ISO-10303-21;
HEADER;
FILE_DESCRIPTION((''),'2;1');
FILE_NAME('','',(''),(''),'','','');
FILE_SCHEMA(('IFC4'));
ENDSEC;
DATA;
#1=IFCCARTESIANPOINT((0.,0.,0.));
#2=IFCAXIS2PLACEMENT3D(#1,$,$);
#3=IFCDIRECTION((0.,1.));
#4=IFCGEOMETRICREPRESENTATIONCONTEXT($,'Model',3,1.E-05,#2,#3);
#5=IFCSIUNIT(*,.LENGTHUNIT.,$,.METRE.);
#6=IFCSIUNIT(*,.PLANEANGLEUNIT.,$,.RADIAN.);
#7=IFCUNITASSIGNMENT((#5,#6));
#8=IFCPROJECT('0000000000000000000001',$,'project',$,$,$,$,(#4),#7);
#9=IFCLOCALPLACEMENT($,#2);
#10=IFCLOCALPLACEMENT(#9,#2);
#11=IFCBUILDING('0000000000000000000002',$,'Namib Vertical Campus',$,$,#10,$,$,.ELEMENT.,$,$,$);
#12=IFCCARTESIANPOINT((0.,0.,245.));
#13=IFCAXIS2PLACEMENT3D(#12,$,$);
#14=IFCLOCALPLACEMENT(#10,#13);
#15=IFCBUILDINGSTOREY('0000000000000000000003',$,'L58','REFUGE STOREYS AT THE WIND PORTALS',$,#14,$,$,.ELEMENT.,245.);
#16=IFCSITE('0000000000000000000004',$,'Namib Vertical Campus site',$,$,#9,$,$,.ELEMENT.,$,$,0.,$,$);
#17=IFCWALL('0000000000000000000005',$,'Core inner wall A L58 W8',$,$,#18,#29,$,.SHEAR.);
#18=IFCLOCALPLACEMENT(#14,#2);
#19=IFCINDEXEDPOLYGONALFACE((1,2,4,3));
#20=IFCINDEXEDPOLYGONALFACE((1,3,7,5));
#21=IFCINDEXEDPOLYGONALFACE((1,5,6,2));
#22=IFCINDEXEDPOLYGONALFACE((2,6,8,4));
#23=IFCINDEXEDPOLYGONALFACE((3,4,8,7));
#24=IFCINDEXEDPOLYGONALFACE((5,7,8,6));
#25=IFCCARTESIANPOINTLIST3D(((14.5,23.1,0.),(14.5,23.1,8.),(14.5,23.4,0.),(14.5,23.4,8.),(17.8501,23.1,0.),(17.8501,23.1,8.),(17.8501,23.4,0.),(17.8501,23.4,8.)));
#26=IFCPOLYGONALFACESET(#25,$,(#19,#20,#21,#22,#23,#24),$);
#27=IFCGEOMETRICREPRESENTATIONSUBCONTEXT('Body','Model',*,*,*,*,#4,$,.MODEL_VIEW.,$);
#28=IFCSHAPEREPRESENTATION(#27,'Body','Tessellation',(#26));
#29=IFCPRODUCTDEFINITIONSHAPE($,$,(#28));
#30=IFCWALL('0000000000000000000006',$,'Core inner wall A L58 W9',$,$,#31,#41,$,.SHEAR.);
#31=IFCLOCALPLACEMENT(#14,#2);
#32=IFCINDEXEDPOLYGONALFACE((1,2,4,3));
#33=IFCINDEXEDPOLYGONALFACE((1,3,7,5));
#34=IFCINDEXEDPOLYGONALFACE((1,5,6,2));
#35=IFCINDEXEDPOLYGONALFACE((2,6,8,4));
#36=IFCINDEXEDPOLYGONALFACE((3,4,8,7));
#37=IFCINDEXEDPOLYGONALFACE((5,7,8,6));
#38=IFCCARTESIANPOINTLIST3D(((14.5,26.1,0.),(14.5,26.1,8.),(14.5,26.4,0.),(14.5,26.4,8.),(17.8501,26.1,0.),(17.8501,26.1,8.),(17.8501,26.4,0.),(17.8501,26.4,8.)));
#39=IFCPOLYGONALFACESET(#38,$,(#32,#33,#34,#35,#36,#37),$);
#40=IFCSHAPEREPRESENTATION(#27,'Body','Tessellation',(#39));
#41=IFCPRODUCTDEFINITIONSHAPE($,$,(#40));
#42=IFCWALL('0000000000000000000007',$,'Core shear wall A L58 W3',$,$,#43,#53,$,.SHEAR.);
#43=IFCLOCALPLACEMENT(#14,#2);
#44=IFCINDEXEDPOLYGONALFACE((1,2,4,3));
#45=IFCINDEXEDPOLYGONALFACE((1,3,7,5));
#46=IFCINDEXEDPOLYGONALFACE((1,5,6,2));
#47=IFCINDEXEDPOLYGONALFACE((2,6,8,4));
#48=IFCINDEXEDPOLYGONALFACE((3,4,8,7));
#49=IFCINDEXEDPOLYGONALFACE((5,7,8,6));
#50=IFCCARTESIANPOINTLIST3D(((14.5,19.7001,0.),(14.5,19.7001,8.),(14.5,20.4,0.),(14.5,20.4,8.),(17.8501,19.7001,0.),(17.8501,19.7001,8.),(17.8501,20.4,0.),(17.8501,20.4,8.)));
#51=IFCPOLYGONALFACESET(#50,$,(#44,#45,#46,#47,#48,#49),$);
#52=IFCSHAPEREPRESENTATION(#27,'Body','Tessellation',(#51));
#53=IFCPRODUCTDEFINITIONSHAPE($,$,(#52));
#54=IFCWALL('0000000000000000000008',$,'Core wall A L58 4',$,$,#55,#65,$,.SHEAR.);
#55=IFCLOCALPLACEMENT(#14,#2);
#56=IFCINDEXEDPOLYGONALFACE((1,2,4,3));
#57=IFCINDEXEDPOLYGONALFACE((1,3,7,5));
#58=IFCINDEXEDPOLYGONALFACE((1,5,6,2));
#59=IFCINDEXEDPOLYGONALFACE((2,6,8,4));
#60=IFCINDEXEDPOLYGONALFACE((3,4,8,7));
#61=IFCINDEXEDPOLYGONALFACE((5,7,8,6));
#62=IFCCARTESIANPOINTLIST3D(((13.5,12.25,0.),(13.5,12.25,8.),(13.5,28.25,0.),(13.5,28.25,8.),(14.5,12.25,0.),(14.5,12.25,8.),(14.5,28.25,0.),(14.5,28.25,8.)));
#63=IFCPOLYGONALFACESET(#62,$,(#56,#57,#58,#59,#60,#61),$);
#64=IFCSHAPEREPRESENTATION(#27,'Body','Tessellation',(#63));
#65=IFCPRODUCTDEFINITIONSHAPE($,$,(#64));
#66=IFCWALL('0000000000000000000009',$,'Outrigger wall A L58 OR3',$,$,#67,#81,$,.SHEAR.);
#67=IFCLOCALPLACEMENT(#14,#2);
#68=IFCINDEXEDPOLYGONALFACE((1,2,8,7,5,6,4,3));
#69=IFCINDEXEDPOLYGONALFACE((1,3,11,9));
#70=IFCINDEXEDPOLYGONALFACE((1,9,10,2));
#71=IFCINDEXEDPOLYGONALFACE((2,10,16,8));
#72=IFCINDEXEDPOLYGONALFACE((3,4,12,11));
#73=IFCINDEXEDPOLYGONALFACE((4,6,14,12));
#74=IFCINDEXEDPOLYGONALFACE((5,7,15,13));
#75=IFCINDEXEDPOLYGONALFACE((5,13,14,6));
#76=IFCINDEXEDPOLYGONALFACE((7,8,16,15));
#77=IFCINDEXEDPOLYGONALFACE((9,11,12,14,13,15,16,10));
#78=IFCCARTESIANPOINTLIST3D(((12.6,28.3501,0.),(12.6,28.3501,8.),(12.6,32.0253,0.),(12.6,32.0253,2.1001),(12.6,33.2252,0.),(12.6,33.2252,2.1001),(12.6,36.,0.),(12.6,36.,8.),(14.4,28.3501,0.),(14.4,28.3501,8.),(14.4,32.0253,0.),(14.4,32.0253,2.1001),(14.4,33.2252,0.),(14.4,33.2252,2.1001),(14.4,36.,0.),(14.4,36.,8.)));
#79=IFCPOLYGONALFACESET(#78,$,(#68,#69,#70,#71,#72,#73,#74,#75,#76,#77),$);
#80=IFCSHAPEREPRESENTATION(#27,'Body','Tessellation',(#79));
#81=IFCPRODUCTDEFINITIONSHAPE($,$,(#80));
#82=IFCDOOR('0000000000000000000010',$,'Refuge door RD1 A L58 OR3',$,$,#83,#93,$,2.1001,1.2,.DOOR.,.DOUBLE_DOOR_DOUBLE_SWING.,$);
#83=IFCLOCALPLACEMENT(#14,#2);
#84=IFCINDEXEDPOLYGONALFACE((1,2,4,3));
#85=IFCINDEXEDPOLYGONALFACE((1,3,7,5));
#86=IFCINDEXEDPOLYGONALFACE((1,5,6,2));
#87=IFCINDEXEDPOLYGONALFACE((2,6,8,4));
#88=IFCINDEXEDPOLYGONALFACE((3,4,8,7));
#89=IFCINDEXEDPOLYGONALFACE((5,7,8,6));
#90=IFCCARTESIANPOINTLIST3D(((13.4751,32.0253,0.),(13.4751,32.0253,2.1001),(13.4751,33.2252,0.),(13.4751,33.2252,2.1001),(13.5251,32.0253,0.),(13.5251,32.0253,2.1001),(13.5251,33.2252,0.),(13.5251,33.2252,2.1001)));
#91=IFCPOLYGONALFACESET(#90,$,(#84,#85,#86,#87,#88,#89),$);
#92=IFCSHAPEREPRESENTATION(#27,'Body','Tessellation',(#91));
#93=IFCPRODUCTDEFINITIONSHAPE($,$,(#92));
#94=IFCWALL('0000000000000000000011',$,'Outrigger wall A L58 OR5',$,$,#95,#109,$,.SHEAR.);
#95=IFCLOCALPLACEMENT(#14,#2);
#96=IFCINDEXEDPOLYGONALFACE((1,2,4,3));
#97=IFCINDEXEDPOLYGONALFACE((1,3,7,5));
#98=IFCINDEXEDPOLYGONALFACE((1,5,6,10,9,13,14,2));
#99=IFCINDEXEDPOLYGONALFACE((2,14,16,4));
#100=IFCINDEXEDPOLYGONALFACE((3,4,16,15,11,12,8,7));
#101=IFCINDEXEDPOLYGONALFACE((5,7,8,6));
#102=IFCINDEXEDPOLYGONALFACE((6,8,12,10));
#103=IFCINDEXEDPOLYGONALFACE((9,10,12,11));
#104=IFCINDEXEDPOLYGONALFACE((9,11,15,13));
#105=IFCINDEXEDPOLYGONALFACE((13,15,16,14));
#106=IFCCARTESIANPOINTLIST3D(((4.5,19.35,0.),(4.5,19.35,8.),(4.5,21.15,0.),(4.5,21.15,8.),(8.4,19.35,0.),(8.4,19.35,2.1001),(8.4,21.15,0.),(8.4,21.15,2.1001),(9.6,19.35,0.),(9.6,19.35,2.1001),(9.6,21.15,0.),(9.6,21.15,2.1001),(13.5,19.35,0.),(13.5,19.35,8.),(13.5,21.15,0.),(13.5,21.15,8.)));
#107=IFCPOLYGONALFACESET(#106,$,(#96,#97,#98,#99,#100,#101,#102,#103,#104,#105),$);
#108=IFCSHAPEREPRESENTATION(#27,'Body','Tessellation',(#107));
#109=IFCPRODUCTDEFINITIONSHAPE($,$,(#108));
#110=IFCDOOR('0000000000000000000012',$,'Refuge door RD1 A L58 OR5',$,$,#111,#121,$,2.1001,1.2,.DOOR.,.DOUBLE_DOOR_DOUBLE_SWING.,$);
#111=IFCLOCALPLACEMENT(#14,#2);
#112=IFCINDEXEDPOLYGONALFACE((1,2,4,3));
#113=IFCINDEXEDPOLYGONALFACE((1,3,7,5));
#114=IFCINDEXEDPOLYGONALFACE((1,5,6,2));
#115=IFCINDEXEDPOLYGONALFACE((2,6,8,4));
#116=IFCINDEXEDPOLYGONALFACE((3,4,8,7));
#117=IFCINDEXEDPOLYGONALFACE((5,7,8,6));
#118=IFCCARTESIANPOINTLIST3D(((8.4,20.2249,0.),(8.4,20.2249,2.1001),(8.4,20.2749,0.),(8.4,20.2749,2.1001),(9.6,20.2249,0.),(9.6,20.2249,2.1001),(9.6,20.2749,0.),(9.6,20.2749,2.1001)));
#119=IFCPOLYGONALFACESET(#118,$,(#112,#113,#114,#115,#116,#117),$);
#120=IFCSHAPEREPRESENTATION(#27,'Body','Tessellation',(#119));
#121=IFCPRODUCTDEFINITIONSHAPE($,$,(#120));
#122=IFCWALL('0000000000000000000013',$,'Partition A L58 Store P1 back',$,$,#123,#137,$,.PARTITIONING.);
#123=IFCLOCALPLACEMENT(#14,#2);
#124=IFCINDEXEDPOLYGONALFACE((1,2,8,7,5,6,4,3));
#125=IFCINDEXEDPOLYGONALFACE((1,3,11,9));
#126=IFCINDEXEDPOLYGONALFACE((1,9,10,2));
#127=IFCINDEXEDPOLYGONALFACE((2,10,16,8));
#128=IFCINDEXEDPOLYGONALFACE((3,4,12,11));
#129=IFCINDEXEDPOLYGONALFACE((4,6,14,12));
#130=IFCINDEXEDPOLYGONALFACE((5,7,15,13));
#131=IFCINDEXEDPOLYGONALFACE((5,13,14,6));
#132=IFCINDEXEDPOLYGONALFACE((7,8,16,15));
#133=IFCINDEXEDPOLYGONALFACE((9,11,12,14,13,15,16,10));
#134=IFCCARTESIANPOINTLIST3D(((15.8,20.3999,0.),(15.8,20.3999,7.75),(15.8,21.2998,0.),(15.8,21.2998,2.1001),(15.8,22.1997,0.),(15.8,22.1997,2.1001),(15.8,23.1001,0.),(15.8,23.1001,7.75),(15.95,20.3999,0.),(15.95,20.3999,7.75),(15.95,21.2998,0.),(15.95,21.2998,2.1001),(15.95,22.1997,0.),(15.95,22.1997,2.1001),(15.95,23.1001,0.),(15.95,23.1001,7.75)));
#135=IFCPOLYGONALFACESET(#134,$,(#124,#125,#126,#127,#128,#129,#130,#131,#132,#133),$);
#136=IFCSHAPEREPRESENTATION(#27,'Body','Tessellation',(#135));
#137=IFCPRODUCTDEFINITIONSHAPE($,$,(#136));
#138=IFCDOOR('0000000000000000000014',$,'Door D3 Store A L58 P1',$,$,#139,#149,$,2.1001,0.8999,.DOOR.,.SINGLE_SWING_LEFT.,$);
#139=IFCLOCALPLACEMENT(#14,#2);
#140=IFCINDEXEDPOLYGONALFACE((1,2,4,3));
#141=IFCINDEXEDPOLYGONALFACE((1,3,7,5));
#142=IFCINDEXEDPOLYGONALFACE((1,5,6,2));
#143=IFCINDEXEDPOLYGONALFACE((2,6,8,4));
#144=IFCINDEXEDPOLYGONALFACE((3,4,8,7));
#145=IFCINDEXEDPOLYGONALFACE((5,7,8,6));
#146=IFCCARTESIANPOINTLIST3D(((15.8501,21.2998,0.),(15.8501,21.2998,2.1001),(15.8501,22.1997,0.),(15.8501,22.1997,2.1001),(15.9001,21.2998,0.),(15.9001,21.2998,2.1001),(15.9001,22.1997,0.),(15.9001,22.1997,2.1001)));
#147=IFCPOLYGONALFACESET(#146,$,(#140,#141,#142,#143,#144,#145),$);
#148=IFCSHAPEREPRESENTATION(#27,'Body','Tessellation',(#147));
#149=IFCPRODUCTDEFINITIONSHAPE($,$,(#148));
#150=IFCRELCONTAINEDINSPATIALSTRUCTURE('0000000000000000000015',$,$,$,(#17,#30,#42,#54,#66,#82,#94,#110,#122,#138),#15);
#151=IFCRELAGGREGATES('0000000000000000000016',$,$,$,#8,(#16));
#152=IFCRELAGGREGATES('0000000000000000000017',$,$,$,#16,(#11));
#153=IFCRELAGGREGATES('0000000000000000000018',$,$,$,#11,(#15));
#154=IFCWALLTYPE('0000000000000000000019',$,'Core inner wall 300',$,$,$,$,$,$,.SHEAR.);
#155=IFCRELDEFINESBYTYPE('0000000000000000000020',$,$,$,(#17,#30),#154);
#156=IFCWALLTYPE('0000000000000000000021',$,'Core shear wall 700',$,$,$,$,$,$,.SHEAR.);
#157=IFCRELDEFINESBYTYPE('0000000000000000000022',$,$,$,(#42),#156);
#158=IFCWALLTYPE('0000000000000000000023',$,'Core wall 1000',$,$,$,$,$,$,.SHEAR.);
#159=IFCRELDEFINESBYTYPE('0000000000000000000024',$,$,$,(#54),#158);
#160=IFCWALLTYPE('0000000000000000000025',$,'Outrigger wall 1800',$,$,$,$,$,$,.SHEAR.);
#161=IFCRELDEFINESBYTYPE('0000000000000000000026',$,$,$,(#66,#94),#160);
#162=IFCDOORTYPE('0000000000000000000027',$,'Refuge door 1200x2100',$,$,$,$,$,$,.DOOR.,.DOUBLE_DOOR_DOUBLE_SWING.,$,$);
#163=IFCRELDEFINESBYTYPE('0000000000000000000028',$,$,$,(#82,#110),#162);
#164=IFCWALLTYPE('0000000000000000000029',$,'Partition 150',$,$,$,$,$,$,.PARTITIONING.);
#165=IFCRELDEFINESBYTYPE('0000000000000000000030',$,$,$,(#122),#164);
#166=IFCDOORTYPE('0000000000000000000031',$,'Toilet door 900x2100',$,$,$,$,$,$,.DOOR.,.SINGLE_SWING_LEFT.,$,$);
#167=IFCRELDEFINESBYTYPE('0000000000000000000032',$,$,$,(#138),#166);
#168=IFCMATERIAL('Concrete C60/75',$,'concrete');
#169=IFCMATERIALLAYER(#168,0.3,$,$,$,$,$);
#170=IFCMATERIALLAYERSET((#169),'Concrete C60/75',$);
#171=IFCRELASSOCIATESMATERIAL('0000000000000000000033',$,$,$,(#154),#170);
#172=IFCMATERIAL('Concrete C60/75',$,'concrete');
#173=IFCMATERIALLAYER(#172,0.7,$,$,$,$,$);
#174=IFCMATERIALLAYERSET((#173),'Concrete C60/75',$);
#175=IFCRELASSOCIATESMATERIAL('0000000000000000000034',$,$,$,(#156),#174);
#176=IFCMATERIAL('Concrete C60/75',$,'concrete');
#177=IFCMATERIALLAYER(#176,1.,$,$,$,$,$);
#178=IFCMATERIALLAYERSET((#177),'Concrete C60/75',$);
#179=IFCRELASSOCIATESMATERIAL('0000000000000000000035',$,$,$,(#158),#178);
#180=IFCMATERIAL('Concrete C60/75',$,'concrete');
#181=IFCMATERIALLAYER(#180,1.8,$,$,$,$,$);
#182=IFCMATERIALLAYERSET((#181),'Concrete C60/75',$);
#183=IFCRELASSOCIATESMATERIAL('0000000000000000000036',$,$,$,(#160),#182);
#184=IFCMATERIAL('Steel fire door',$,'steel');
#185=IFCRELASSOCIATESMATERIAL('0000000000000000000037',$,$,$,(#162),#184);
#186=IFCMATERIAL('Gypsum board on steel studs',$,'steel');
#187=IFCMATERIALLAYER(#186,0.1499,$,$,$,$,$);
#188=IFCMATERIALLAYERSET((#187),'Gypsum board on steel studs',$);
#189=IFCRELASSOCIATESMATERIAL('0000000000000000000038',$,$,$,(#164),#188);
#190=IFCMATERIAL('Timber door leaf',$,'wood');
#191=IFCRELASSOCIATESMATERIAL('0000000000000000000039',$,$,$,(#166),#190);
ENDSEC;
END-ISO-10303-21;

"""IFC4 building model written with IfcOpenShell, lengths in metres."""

from ifc_helpers import new_model, si_unit, direction, frame, frame_2d, origin, place, context, subcontext, project, spatial, rectangle, extrude, material, layer, layer_set, type_object, element, fill, save


model = new_model("IFC4")

# Units and contexts
model_context = context("Model", 3, precision=1e-05, world=origin(), true_north=direction((0.0, 1.0)))
body_context = subcontext(model_context, "Body", "Model", "MODEL_VIEW")
ifc_project = project(units=[si_unit("LENGTHUNIT", "METRE"), si_unit("PLANEANGLEUNIT", "RADIAN")], contexts=[model_context])

# Site, building, storey
site_placement = place(None, origin())
site = spatial("IfcSite", under=ifc_project, at=site_placement, Name="Namib Vertical Campus site", CompositionType="ELEMENT", RefElevation=0.0)
building_placement = place(site_placement, origin())
building = spatial("IfcBuilding", under=site, at=building_placement, Name="Namib Vertical Campus", CompositionType="ELEMENT")
storey_placement = place(building_placement, frame((0.0, 0.0, 245.0)))
storey = spatial("IfcBuildingStorey", under=building, at=storey_placement, Name="L58", Description="REFUGE STOREYS AT THE WIND PORTALS", CompositionType="ELEMENT", Elevation=245.0)

# Walls
ifc_material_1 = material(Name="Concrete C60/75", Category="concrete")
ifc_layer_1 = layer(ifc_material_1, 0.3)
ifc_layer_set_1 = layer_set([ifc_layer_1], Name="Concrete C60/75")
wall_type_1 = type_object("IfcWallType", Name="Core inner wall 300", PredefinedType="SHEAR", material=ifc_layer_set_1)
for number, where, z_axis, x_axis, name in (
    (1, (14.5, 23.25, 0.0), (0.0, 0.0, 1.0), (1.0, 0.0, 0.0), "Core inner wall A L58 W8"),
    (2, (14.5, 26.25, 0.0), (0.0, 0.0, 1.0), (1.0, 0.0, 0.0), "Core inner wall A L58 W9"),
):
    element("IfcWall", number, at=place(storey_placement, frame(where, z_axis=z_axis, x_axis=x_axis)), inside=storey, type_object=wall_type_1, Name=name, PredefinedType="SHEAR", context=body_context, shape_type="SweptSolid", body=[
        extrude(rectangle(XDim=3.3501, YDim=0.3, at=frame_2d((1.675, 0.0))), origin(), (0.0, 0.0, 1.0), 8.0),
    ])
ifc_material_2 = material(Name="Concrete C60/75", Category="concrete")
ifc_layer_2 = layer(ifc_material_2, 0.7)
ifc_layer_set_2 = layer_set([ifc_layer_2], Name="Concrete C60/75")
wall_type_2 = type_object("IfcWallType", Name="Core shear wall 700", PredefinedType="SHEAR", material=ifc_layer_set_2)
wall_1_placement = place(storey_placement, frame((14.5, 20.05, 0.0), z_axis=(0.0, 0.0, 1.0), x_axis=(1.0, 0.0, 0.0)))
element("IfcWall", 3, at=wall_1_placement, inside=storey, type_object=wall_type_2, Name="Core shear wall A L58 W3", PredefinedType="SHEAR", context=body_context, shape_type="SweptSolid", body=[
    extrude(rectangle(XDim=3.3501, YDim=0.7, at=frame_2d((1.675, 0.0))), origin(), (0.0, 0.0, 1.0), 8.0),
])
ifc_material_3 = material(Name="Concrete C60/75", Category="concrete")
ifc_layer_3 = layer(ifc_material_3, 1.0)
ifc_layer_set_3 = layer_set([ifc_layer_3], Name="Concrete C60/75")
wall_type_3 = type_object("IfcWallType", Name="Core wall 1000", PredefinedType="SHEAR", material=ifc_layer_set_3)
wall_2_placement = place(storey_placement, frame((14.0, 28.25, 0.0), z_axis=(0.0, 0.0, 1.0), x_axis=(0.0, -1.0, 0.0)))
element("IfcWall", 4, at=wall_2_placement, inside=storey, type_object=wall_type_3, Name="Core wall A L58 4", PredefinedType="SHEAR", context=body_context, shape_type="SweptSolid", body=[
    extrude(rectangle(XDim=16.0, YDim=1.0, at=frame_2d((8.0, 0.0))), origin(), (0.0, 0.0, 1.0), 8.0),
])

# Walls, openings, doors
ifc_material_4 = material(Name="Concrete C60/75", Category="concrete")
ifc_layer_4 = layer(ifc_material_4, 1.8)
ifc_layer_set_4 = layer_set([ifc_layer_4], Name="Concrete C60/75")
wall_type_4 = type_object("IfcWallType", Name="Outrigger wall 1800", PredefinedType="SHEAR", material=ifc_layer_set_4)
wall_3_placement = place(storey_placement, frame((13.5, 28.3501, 0.0), z_axis=(0.0, 0.0, 1.0), x_axis=(0.0, 1.0, 0.0)))
wall_3 = element("IfcWall", 5, at=wall_3_placement, inside=storey, type_object=wall_type_4, Name="Outrigger wall A L58 OR3", PredefinedType="SHEAR", context=body_context, shape_type="SweptSolid", body=[
    extrude(rectangle(XDim=7.6499, YDim=1.8, at=frame_2d((3.825, 0.0))), origin(), (0.0, 0.0, 1.0), 8.0),
])
opening_1_placement = place(wall_3_placement, frame((3.675, 0.0, 0.0)))
opening_1 = element("IfcOpeningElement", 6, at=opening_1_placement, cuts=wall_3, PredefinedType="OPENING", context=body_context, shape_type="SweptSolid", body=[
    extrude(rectangle(XDim=1.2, YDim=2.1001, at=frame_2d((0.6001, 1.05))), frame((0.0, 0.9099, 0.0), z_axis=(0.0, -1.0, 0.0), x_axis=(1.0, 0.0, 0.0)), (0.0, 0.0, 1.0), 1.8201),
])
ifc_material_5 = material(Name="Steel fire door", Category="steel")
door_type_1 = type_object("IfcDoorType", Name="Refuge door 1200x2100", OperationType="DOUBLE_DOOR_DOUBLE_SWING", PredefinedType="DOOR", material=ifc_material_5)
door_1_placement = place(opening_1_placement, origin())
door_1 = element("IfcDoor", 7, at=door_1_placement, inside=storey, type_object=door_type_1, Name="Refuge door RD1 A L58 OR3", OperationType="DOUBLE_DOOR_DOUBLE_SWING", OverallHeight=2.1001, OverallWidth=1.2, PredefinedType="DOOR", context=body_context, shape_type="SweptSolid", body=[
    extrude(rectangle(XDim=1.2, YDim=2.1001, at=frame_2d((0.6001, 1.05))), frame((0.0, 0.0249, 0.0), z_axis=(0.0, -1.0, 0.0), x_axis=(1.0, 0.0, 0.0)), (0.0, 0.0, 1.0), 0.05),
])
fill(opening_1, door_1)
wall_4_placement = place(storey_placement, frame((4.5, 20.25, 0.0), z_axis=(0.0, 0.0, 1.0), x_axis=(1.0, 0.0, 0.0)))
wall_4 = element("IfcWall", 8, at=wall_4_placement, inside=storey, type_object=wall_type_4, Name="Outrigger wall A L58 OR5", PredefinedType="SHEAR", context=body_context, shape_type="SweptSolid", body=[
    extrude(rectangle(XDim=9.0, YDim=1.8, at=frame_2d((4.5, 0.0))), origin(), (0.0, 0.0, 1.0), 8.0),
])
opening_2_placement = place(wall_4_placement, frame((3.8999, 0.0, 0.0)))
opening_2 = element("IfcOpeningElement", 9, at=opening_2_placement, cuts=wall_4, PredefinedType="OPENING", context=body_context, shape_type="SweptSolid", body=[
    extrude(rectangle(XDim=1.2, YDim=2.1001, at=frame_2d((0.6001, 1.05))), frame((0.0, 0.9099, 0.0), z_axis=(0.0, -1.0, 0.0), x_axis=(1.0, 0.0, 0.0)), (0.0, 0.0, 1.0), 1.8201),
])
door_2_placement = place(opening_2_placement, origin())
door_2 = element("IfcDoor", 10, at=door_2_placement, inside=storey, type_object=door_type_1, Name="Refuge door RD1 A L58 OR5", OperationType="DOUBLE_DOOR_DOUBLE_SWING", OverallHeight=2.1001, OverallWidth=1.2, PredefinedType="DOOR", context=body_context, shape_type="SweptSolid", body=[
    extrude(rectangle(XDim=1.2, YDim=2.1001, at=frame_2d((0.6001, 1.05))), frame((0.0, 0.0249, 0.0), z_axis=(0.0, -1.0, 0.0), x_axis=(1.0, 0.0, 0.0)), (0.0, 0.0, 1.0), 0.05),
])
fill(opening_2, door_2)
ifc_material_6 = material(Name="Gypsum board on steel studs", Category="steel")
ifc_layer_5 = layer(ifc_material_6, 0.1499)
ifc_layer_set_5 = layer_set([ifc_layer_5], Name="Gypsum board on steel studs")
wall_type_5 = type_object("IfcWallType", Name="Partition 150", PredefinedType="PARTITIONING", material=ifc_layer_set_5)
wall_5_placement = place(storey_placement, frame((15.875, 20.3999, 0.0), z_axis=(0.0, 0.0, 1.0), x_axis=(0.0, 1.0, 0.0)))
wall_5 = element("IfcWall", 11, at=wall_5_placement, inside=storey, type_object=wall_type_5, Name="Partition A L58 Store P1 back", PredefinedType="PARTITIONING", context=body_context, shape_type="SweptSolid", body=[
    extrude(rectangle(XDim=2.7002, YDim=0.1499, at=frame_2d((1.3501, 0.0))), origin(), (0.0, 0.0, 1.0), 7.75),
])
opening_3_placement = place(wall_5_placement, frame((0.8999, 0.0, 0.0)))
opening_3 = element("IfcOpeningElement", 12, at=opening_3_placement, cuts=wall_5, PredefinedType="OPENING", context=body_context, shape_type="SweptSolid", body=[
    extrude(rectangle(XDim=0.8999, YDim=2.1001, at=frame_2d((0.45, 1.05))), frame((0.0, 0.085, 0.0), z_axis=(0.0, -1.0, 0.0), x_axis=(1.0, 0.0, 0.0)), (0.0, 0.0, 1.0), 0.1699),
])
ifc_material_7 = material(Name="Timber door leaf", Category="wood")
door_type_2 = type_object("IfcDoorType", Name="Toilet door 900x2100", OperationType="SINGLE_SWING_LEFT", PredefinedType="DOOR", material=ifc_material_7)
door_3_placement = place(opening_3_placement, origin())
door_3 = element("IfcDoor", 13, at=door_3_placement, inside=storey, type_object=door_type_2, Name="Door D3 Store A L58 P1", OperationType="SINGLE_SWING_LEFT", OverallHeight=2.1001, OverallWidth=0.8999, PredefinedType="DOOR", context=body_context, shape_type="SweptSolid", body=[
    extrude(rectangle(XDim=0.8999, YDim=2.1001, at=frame_2d((0.45, 1.05))), frame((0.0, 0.0249, 0.0), z_axis=(0.0, -1.0, 0.0), x_axis=(1.0, 0.0, 0.0)), (0.0, 0.0, 1.0), 0.05),
])
fill(opening_3, door_3)

save(model, "model.ifc")
